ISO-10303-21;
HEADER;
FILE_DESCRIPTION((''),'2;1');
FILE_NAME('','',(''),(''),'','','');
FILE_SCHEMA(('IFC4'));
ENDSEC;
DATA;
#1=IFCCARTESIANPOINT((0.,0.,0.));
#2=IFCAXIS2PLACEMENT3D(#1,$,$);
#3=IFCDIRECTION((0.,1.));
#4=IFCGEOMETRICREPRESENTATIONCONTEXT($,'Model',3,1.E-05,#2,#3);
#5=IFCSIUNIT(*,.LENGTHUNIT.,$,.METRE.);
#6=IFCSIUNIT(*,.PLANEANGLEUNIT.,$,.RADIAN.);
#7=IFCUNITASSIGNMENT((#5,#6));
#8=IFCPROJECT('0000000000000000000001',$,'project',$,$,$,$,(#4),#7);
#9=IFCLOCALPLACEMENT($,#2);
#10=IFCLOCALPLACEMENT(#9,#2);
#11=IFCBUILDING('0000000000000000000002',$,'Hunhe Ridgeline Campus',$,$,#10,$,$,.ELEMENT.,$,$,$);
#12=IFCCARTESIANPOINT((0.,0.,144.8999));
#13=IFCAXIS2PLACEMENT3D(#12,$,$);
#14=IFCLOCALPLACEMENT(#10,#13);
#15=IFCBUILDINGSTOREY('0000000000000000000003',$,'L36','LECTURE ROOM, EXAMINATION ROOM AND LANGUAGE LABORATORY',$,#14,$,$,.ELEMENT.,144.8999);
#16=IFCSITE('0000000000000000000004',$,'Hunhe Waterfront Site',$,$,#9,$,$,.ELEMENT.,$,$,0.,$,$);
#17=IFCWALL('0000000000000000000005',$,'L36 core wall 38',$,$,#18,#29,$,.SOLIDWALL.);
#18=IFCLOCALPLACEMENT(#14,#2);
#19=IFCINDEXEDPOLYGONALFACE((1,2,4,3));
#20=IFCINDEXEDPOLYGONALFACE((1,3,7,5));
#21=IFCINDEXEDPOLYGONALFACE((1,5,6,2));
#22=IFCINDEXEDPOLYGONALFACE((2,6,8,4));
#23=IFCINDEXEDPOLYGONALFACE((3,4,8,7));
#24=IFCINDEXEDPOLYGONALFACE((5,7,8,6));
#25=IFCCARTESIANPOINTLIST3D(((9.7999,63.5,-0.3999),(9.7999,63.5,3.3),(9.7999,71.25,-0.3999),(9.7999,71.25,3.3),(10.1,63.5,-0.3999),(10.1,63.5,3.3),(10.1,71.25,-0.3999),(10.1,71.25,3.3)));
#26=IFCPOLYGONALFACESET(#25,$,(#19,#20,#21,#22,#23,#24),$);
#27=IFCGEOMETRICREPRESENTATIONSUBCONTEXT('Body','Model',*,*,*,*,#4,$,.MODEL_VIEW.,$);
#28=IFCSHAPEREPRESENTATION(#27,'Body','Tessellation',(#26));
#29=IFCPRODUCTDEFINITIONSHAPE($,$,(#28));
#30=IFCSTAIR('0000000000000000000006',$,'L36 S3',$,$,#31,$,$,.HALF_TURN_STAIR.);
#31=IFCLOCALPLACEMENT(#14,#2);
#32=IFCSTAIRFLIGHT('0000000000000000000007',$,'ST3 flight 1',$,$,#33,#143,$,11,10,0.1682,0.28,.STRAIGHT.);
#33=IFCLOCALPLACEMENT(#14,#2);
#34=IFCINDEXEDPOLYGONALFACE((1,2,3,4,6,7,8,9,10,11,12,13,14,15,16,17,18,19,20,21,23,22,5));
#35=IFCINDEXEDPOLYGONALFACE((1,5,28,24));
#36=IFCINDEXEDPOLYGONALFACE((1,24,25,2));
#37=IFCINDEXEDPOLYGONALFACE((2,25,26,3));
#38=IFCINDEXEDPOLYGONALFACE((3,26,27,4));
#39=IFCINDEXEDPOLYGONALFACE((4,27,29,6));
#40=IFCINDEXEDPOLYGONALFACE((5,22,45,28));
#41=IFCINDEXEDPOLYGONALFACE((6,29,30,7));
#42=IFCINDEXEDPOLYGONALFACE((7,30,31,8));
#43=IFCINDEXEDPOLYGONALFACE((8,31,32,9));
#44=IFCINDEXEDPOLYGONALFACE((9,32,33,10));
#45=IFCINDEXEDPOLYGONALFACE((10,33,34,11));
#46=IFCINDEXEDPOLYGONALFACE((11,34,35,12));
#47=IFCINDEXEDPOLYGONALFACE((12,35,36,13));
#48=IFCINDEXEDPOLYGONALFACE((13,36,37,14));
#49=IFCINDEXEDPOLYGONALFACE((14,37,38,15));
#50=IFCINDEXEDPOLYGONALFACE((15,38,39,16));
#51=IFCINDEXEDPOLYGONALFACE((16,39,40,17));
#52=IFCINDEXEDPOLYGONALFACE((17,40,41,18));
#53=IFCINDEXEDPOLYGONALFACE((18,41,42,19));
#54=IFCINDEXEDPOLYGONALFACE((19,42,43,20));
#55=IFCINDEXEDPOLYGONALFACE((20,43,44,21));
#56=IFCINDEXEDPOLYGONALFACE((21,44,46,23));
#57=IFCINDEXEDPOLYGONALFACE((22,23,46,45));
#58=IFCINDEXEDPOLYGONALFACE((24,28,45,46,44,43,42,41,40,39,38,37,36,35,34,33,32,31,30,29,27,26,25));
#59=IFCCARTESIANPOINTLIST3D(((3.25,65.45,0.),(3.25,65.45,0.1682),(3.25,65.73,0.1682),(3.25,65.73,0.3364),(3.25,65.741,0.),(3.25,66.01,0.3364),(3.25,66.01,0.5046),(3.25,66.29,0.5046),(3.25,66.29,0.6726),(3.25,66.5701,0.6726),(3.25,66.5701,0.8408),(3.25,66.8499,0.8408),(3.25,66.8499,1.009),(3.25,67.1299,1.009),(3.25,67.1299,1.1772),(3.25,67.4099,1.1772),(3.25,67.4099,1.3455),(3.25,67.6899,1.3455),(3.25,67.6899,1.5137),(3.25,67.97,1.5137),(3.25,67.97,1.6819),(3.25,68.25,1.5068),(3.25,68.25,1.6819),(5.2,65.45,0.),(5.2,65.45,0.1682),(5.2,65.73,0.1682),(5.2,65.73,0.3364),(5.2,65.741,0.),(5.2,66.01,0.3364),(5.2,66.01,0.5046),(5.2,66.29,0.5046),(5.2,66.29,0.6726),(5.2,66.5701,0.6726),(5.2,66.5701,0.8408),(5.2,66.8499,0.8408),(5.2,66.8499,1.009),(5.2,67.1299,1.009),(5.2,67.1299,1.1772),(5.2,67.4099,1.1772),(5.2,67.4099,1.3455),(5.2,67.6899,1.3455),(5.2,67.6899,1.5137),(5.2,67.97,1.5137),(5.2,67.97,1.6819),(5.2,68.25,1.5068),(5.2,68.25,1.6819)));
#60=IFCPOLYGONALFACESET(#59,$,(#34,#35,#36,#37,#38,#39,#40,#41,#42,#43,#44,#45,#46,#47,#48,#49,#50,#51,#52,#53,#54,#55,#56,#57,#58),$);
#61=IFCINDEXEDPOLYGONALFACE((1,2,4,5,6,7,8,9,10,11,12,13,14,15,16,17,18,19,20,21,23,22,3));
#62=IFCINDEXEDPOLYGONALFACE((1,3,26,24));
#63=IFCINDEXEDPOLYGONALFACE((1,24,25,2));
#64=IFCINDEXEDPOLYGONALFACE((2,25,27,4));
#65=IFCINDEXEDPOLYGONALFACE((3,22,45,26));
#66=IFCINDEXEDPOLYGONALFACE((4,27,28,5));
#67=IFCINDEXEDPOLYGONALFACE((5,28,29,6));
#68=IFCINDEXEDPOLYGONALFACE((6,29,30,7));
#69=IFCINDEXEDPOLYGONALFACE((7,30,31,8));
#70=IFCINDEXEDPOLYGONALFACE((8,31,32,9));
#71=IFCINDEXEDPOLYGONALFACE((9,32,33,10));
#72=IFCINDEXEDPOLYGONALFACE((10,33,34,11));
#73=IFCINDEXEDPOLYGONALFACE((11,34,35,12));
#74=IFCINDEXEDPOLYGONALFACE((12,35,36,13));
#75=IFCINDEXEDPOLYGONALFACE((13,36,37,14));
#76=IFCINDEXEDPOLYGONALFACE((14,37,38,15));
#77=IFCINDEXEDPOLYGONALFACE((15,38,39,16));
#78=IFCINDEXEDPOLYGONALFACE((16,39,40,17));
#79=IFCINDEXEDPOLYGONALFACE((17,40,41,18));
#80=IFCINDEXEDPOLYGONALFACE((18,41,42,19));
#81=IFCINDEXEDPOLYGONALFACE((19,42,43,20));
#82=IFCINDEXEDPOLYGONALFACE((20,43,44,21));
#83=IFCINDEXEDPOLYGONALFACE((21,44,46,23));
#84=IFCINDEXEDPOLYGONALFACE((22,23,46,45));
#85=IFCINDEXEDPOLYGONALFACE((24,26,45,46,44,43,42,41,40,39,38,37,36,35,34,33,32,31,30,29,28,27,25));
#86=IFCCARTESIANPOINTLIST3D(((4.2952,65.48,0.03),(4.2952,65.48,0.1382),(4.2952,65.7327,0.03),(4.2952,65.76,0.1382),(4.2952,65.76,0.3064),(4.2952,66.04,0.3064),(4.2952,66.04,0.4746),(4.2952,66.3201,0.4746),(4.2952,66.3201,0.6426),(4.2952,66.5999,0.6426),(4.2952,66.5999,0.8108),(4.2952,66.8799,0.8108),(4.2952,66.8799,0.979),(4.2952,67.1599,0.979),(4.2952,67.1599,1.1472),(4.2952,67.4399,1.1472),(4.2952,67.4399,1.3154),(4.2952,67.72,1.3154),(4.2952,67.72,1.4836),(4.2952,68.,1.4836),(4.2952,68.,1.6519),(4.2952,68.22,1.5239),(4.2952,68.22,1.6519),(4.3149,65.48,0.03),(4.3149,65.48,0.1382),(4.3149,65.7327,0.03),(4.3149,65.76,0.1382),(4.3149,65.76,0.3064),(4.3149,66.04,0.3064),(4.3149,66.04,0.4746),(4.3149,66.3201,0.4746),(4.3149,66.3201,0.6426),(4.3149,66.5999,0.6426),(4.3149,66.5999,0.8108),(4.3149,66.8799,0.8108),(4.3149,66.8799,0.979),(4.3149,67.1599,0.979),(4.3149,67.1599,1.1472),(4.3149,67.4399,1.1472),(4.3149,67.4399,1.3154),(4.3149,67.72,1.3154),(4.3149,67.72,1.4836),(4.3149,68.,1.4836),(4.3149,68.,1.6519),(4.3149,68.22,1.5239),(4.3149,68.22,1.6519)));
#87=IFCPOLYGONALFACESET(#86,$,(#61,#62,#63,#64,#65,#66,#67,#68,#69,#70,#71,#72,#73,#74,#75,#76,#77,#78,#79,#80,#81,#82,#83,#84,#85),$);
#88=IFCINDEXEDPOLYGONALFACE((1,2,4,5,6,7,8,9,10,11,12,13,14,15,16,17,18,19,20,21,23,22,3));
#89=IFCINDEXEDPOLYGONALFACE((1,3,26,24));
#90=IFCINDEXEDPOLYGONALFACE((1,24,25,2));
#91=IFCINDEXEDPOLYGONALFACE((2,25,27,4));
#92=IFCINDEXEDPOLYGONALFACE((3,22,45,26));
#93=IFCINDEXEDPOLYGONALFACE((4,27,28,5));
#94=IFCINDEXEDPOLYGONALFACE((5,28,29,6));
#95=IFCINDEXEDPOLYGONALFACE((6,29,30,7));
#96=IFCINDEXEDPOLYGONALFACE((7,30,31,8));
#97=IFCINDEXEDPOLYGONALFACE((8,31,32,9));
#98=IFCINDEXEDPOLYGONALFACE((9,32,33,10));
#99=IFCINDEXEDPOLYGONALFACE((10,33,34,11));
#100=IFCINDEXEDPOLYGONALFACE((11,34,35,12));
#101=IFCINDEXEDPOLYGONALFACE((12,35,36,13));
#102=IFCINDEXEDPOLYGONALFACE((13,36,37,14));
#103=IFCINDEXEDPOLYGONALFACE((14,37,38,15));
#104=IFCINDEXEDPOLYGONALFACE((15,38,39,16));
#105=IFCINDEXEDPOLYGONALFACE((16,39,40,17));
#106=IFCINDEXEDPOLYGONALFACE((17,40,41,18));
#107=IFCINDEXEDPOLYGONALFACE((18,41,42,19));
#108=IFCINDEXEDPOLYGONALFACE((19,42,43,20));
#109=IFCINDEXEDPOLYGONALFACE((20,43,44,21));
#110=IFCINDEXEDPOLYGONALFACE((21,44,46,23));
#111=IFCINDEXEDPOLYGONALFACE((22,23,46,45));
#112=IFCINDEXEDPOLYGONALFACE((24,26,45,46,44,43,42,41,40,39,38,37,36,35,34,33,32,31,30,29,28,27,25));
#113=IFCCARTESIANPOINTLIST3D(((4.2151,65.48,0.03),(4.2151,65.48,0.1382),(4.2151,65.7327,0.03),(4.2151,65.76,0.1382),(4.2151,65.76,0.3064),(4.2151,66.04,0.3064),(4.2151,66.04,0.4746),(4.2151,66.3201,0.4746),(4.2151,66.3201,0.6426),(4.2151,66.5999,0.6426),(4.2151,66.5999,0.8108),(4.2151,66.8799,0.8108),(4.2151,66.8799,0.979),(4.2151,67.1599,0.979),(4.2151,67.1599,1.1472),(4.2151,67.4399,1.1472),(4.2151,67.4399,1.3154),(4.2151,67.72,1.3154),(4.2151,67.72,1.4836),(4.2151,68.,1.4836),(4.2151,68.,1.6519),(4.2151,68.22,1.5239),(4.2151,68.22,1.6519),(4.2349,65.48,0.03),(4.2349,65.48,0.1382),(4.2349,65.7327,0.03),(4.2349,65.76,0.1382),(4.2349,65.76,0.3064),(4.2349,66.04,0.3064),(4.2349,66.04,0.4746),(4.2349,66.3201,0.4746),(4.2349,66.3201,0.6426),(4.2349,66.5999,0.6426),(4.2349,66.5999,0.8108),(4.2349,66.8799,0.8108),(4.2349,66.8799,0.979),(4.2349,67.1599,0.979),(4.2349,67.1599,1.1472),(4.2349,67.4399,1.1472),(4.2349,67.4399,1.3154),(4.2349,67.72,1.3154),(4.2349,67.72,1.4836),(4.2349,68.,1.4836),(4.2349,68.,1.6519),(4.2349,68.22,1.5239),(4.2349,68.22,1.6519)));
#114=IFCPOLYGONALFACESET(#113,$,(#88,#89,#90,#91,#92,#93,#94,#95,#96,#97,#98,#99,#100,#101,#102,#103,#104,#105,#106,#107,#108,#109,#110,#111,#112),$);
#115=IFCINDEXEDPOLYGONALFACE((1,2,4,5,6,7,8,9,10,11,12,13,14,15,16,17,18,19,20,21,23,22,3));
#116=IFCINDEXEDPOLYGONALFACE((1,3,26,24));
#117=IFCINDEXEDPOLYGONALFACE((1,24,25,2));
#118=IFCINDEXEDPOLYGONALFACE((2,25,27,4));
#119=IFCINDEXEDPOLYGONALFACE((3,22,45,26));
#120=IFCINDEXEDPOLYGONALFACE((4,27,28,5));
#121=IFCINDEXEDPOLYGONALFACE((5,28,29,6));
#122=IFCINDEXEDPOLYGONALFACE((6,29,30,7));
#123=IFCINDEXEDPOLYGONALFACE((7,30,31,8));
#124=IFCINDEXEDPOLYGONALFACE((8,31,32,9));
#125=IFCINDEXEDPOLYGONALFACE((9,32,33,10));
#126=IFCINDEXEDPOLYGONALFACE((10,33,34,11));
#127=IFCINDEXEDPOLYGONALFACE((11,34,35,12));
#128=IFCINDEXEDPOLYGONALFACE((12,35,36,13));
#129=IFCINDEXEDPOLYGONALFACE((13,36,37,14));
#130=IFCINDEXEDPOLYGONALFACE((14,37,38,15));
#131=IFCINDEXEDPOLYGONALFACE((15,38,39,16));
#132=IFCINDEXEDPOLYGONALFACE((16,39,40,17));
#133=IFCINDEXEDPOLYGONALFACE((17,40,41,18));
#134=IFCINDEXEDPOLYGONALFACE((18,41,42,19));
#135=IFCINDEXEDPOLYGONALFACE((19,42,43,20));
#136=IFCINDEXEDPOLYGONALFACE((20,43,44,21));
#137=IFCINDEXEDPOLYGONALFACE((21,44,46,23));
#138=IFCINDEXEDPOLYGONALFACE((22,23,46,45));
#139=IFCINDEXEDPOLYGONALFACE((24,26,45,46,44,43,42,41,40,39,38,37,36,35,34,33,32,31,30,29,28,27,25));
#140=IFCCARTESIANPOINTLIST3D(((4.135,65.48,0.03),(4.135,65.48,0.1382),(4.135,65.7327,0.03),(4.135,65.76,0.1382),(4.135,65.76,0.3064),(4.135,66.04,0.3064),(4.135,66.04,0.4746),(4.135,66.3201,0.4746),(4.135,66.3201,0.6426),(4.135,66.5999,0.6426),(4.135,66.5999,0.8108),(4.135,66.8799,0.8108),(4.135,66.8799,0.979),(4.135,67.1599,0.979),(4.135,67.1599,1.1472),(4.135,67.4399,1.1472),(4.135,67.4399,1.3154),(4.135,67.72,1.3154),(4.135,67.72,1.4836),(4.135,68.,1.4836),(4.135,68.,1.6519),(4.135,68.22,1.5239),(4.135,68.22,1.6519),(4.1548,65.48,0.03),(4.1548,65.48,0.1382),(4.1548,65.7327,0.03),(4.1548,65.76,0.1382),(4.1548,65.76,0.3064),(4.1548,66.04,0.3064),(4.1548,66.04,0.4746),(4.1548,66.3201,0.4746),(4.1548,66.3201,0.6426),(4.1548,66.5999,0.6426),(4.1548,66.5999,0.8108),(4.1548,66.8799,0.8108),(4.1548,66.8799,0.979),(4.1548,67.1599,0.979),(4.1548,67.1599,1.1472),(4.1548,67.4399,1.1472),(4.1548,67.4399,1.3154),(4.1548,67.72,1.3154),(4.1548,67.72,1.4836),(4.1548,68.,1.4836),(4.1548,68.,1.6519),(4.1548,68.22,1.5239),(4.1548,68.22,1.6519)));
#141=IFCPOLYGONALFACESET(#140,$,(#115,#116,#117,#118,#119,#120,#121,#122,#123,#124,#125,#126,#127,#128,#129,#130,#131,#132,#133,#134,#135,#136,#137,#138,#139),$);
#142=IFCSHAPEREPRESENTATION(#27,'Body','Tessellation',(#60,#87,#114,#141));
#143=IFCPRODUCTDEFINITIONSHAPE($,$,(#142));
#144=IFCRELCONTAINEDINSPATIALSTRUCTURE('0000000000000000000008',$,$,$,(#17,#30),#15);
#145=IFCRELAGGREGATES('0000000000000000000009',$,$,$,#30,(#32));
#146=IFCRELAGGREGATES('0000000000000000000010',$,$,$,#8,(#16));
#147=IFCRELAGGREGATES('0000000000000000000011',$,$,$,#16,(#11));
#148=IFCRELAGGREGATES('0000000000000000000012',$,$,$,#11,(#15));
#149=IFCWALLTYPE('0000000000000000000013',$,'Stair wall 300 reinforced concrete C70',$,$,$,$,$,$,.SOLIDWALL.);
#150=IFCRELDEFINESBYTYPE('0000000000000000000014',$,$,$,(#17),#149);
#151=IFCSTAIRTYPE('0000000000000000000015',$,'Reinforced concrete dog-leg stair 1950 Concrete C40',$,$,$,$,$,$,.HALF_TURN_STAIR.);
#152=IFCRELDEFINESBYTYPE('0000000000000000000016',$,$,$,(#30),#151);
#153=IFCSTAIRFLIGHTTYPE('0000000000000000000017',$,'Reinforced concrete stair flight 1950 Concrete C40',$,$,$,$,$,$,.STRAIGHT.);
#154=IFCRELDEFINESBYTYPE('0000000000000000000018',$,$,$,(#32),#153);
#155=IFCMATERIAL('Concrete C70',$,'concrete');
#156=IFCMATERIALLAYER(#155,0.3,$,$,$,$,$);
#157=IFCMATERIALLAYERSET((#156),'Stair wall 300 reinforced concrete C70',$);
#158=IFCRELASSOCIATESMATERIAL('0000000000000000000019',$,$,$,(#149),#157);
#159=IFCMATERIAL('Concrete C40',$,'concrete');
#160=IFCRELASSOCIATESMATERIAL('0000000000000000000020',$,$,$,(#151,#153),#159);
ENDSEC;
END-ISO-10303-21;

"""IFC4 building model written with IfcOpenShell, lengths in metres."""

from ifc_helpers import new_model, si_unit, direction, frame, frame_2d, origin, place, context, subcontext, project, spatial, polyline, rectangle, outline, extrude, material, layer, layer_set, type_object, element, aggregate, save


model = new_model("IFC4")

# Units and contexts
model_context = context("Model", 3, precision=1e-05, world=origin(), true_north=direction((0.0, 1.0)))
body_context = subcontext(model_context, "Body", "Model", "MODEL_VIEW")
ifc_project = project(units=[si_unit("LENGTHUNIT", "METRE"), si_unit("PLANEANGLEUNIT", "RADIAN")], contexts=[model_context])

# Site, building, storey
site_placement = place(None, origin())
site = spatial("IfcSite", under=ifc_project, at=site_placement, Name="Hunhe Waterfront Site", CompositionType="ELEMENT", RefElevation=0.0)
building_placement = place(site_placement, origin())
building = spatial("IfcBuilding", under=site, at=building_placement, Name="Hunhe Ridgeline Campus", CompositionType="ELEMENT")
storey_placement = place(building_placement, frame((0.0, 0.0, 144.8999)))
storey = spatial("IfcBuildingStorey", under=building, at=storey_placement, Name="L36", Description="LECTURE ROOM, EXAMINATION ROOM AND LANGUAGE LABORATORY", CompositionType="ELEMENT", Elevation=144.8999)

# Shared definitions
ifc_material_1 = material(Name="Concrete C70", Category="concrete")

# Shared definitions
ifc_layer_1 = layer(ifc_material_1, 0.3)
ifc_layer_set_1 = layer_set([ifc_layer_1], Name="Stair wall 300 reinforced concrete C70")
wall_type_1 = type_object("IfcWallType", Name="Stair wall 300 reinforced concrete C70", PredefinedType="SOLIDWALL", material=ifc_layer_set_1)

# Wall
wall_1_placement = place(storey_placement, frame((9.95, 63.5, -0.3999), z_axis=(0.0, 0.0, 1.0), x_axis=(0.0, 1.0, 0.0)))
element("IfcWall", 1, at=wall_1_placement, inside=storey, type_object=wall_type_1, Name="L36 core wall 38", PredefinedType="SOLIDWALL", context=body_context, shape_type="SweptSolid", body=[
    extrude(rectangle(XDim=7.75, YDim=0.3, at=frame_2d((3.875, 0.0))), origin(), (0.0, 0.0, 1.0), 3.7),
])

# Stair, stair flight
ifc_material_2 = material(Name="Concrete C40", Category="concrete")
stair_type = type_object("IfcStairType", Name="Reinforced concrete dog-leg stair 1950 Concrete C40", PredefinedType="HALF_TURN_STAIR", material=ifc_material_2)
stair_1_placement = place(storey_placement, origin())
stair_1 = element("IfcStair", 2, at=stair_1_placement, inside=storey, type_object=stair_type, Name="L36 S3", PredefinedType="HALF_TURN_STAIR")
stair_flight_type = type_object("IfcStairFlightType", Name="Reinforced concrete stair flight 1950 Concrete C40", PredefinedType="STRAIGHT", material=ifc_material_2)
stair_flight_1_placement = place(storey_placement, frame((4.2251, 65.45, 0.0), z_axis=(0.0, 0.0, 1.0), x_axis=(0.0, 1.0, 0.0)))
stair_flight_1 = element("IfcStairFlight", 3, at=stair_flight_1_placement, type_object=stair_flight_type, Name="ST3 flight 1", NumberOfRisers=11, NumberOfTreads=10, PredefinedType="STRAIGHT", RiserHeight=0.1682, TreadLength=0.28, context=body_context, shape_type="SweptSolid", body=[
    extrude(outline(polyline([(0.0, 0.0), (0.0, 0.1682), (0.28, 0.1682), (0.28, 0.3364), (0.5601, 0.3364), (0.5601, 0.5046), (0.8401, 0.5046), (0.8401, 0.6726), (1.1201, 0.6726), (1.1201, 0.8408), (1.3999, 0.8408), (1.3999, 1.009), (1.6799, 1.009), (1.6799, 1.1772), (1.96, 1.1772), (1.96, 1.3455), (2.24, 1.3455), (2.24, 1.5137), (2.52, 1.5137), (2.52, 1.6819), (2.8, 1.6819), (2.8, 1.8501), (2.8, 1.5068), (0.291, 0.0), (0.0, 0.0)])), frame((0.0, 0.9751, 0.0), z_axis=(0.0, -1.0, 0.0), x_axis=(1.0, 0.0, 0.0)), (0.0, 0.0, 1.0), 1.95),
    extrude(outline(polyline([(0.03, 0.03), (0.03, 0.1382), (0.3101, 0.1382), (0.3101, 0.3064), (0.5901, 0.3064), (0.5901, 0.4746), (0.8701, 0.4746), (0.8701, 0.6426), (1.1499, 0.6426), (1.1499, 0.8108), (1.4299, 0.8108), (1.4299, 0.979), (1.71, 0.979), (1.71, 1.1472), (1.99, 1.1472), (1.99, 1.3154), (2.27, 1.3154), (2.27, 1.4836), (2.55, 1.4836), (2.55, 1.6519), (2.77, 1.6519), (2.77, 1.5239), (0.2827, 0.03), (0.03, 0.03)])), frame((0.0, -0.0701, 0.0), z_axis=(0.0, -1.0, 0.0), x_axis=(1.0, 0.0, 0.0)), (0.0, 0.0, 1.0), 0.0198),
    extrude(outline(polyline([(0.03, 0.03), (0.03, 0.1382), (0.3101, 0.1382), (0.3101, 0.3064), (0.5901, 0.3064), (0.5901, 0.4746), (0.8701, 0.4746), (0.8701, 0.6426), (1.1499, 0.6426), (1.1499, 0.8108), (1.4299, 0.8108), (1.4299, 0.979), (1.71, 0.979), (1.71, 1.1472), (1.99, 1.1472), (1.99, 1.3154), (2.27, 1.3154), (2.27, 1.4836), (2.55, 1.4836), (2.55, 1.6519), (2.77, 1.6519), (2.77, 1.5239), (0.2827, 0.03), (0.03, 0.03)])), frame((0.0, 0.01, 0.0), z_axis=(0.0, -1.0, 0.0), x_axis=(1.0, 0.0, 0.0)), (0.0, 0.0, 1.0), 0.0198),
    extrude(outline(polyline([(0.03, 0.03), (0.03, 0.1382), (0.3101, 0.1382), (0.3101, 0.3064), (0.5901, 0.3064), (0.5901, 0.4746), (0.8701, 0.4746), (0.8701, 0.6426), (1.1499, 0.6426), (1.1499, 0.8108), (1.4299, 0.8108), (1.4299, 0.979), (1.71, 0.979), (1.71, 1.1472), (1.99, 1.1472), (1.99, 1.3154), (2.27, 1.3154), (2.27, 1.4836), (2.55, 1.4836), (2.55, 1.6519), (2.77, 1.6519), (2.77, 1.5239), (0.2827, 0.03), (0.03, 0.03)])), frame((0.0, 0.0901, 0.0), z_axis=(0.0, -1.0, 0.0), x_axis=(1.0, 0.0, 0.0)), (0.0, 0.0, 1.0), 0.0198),
])
aggregate(stair_1, [stair_flight_1])

save(model, "model.ifc")
